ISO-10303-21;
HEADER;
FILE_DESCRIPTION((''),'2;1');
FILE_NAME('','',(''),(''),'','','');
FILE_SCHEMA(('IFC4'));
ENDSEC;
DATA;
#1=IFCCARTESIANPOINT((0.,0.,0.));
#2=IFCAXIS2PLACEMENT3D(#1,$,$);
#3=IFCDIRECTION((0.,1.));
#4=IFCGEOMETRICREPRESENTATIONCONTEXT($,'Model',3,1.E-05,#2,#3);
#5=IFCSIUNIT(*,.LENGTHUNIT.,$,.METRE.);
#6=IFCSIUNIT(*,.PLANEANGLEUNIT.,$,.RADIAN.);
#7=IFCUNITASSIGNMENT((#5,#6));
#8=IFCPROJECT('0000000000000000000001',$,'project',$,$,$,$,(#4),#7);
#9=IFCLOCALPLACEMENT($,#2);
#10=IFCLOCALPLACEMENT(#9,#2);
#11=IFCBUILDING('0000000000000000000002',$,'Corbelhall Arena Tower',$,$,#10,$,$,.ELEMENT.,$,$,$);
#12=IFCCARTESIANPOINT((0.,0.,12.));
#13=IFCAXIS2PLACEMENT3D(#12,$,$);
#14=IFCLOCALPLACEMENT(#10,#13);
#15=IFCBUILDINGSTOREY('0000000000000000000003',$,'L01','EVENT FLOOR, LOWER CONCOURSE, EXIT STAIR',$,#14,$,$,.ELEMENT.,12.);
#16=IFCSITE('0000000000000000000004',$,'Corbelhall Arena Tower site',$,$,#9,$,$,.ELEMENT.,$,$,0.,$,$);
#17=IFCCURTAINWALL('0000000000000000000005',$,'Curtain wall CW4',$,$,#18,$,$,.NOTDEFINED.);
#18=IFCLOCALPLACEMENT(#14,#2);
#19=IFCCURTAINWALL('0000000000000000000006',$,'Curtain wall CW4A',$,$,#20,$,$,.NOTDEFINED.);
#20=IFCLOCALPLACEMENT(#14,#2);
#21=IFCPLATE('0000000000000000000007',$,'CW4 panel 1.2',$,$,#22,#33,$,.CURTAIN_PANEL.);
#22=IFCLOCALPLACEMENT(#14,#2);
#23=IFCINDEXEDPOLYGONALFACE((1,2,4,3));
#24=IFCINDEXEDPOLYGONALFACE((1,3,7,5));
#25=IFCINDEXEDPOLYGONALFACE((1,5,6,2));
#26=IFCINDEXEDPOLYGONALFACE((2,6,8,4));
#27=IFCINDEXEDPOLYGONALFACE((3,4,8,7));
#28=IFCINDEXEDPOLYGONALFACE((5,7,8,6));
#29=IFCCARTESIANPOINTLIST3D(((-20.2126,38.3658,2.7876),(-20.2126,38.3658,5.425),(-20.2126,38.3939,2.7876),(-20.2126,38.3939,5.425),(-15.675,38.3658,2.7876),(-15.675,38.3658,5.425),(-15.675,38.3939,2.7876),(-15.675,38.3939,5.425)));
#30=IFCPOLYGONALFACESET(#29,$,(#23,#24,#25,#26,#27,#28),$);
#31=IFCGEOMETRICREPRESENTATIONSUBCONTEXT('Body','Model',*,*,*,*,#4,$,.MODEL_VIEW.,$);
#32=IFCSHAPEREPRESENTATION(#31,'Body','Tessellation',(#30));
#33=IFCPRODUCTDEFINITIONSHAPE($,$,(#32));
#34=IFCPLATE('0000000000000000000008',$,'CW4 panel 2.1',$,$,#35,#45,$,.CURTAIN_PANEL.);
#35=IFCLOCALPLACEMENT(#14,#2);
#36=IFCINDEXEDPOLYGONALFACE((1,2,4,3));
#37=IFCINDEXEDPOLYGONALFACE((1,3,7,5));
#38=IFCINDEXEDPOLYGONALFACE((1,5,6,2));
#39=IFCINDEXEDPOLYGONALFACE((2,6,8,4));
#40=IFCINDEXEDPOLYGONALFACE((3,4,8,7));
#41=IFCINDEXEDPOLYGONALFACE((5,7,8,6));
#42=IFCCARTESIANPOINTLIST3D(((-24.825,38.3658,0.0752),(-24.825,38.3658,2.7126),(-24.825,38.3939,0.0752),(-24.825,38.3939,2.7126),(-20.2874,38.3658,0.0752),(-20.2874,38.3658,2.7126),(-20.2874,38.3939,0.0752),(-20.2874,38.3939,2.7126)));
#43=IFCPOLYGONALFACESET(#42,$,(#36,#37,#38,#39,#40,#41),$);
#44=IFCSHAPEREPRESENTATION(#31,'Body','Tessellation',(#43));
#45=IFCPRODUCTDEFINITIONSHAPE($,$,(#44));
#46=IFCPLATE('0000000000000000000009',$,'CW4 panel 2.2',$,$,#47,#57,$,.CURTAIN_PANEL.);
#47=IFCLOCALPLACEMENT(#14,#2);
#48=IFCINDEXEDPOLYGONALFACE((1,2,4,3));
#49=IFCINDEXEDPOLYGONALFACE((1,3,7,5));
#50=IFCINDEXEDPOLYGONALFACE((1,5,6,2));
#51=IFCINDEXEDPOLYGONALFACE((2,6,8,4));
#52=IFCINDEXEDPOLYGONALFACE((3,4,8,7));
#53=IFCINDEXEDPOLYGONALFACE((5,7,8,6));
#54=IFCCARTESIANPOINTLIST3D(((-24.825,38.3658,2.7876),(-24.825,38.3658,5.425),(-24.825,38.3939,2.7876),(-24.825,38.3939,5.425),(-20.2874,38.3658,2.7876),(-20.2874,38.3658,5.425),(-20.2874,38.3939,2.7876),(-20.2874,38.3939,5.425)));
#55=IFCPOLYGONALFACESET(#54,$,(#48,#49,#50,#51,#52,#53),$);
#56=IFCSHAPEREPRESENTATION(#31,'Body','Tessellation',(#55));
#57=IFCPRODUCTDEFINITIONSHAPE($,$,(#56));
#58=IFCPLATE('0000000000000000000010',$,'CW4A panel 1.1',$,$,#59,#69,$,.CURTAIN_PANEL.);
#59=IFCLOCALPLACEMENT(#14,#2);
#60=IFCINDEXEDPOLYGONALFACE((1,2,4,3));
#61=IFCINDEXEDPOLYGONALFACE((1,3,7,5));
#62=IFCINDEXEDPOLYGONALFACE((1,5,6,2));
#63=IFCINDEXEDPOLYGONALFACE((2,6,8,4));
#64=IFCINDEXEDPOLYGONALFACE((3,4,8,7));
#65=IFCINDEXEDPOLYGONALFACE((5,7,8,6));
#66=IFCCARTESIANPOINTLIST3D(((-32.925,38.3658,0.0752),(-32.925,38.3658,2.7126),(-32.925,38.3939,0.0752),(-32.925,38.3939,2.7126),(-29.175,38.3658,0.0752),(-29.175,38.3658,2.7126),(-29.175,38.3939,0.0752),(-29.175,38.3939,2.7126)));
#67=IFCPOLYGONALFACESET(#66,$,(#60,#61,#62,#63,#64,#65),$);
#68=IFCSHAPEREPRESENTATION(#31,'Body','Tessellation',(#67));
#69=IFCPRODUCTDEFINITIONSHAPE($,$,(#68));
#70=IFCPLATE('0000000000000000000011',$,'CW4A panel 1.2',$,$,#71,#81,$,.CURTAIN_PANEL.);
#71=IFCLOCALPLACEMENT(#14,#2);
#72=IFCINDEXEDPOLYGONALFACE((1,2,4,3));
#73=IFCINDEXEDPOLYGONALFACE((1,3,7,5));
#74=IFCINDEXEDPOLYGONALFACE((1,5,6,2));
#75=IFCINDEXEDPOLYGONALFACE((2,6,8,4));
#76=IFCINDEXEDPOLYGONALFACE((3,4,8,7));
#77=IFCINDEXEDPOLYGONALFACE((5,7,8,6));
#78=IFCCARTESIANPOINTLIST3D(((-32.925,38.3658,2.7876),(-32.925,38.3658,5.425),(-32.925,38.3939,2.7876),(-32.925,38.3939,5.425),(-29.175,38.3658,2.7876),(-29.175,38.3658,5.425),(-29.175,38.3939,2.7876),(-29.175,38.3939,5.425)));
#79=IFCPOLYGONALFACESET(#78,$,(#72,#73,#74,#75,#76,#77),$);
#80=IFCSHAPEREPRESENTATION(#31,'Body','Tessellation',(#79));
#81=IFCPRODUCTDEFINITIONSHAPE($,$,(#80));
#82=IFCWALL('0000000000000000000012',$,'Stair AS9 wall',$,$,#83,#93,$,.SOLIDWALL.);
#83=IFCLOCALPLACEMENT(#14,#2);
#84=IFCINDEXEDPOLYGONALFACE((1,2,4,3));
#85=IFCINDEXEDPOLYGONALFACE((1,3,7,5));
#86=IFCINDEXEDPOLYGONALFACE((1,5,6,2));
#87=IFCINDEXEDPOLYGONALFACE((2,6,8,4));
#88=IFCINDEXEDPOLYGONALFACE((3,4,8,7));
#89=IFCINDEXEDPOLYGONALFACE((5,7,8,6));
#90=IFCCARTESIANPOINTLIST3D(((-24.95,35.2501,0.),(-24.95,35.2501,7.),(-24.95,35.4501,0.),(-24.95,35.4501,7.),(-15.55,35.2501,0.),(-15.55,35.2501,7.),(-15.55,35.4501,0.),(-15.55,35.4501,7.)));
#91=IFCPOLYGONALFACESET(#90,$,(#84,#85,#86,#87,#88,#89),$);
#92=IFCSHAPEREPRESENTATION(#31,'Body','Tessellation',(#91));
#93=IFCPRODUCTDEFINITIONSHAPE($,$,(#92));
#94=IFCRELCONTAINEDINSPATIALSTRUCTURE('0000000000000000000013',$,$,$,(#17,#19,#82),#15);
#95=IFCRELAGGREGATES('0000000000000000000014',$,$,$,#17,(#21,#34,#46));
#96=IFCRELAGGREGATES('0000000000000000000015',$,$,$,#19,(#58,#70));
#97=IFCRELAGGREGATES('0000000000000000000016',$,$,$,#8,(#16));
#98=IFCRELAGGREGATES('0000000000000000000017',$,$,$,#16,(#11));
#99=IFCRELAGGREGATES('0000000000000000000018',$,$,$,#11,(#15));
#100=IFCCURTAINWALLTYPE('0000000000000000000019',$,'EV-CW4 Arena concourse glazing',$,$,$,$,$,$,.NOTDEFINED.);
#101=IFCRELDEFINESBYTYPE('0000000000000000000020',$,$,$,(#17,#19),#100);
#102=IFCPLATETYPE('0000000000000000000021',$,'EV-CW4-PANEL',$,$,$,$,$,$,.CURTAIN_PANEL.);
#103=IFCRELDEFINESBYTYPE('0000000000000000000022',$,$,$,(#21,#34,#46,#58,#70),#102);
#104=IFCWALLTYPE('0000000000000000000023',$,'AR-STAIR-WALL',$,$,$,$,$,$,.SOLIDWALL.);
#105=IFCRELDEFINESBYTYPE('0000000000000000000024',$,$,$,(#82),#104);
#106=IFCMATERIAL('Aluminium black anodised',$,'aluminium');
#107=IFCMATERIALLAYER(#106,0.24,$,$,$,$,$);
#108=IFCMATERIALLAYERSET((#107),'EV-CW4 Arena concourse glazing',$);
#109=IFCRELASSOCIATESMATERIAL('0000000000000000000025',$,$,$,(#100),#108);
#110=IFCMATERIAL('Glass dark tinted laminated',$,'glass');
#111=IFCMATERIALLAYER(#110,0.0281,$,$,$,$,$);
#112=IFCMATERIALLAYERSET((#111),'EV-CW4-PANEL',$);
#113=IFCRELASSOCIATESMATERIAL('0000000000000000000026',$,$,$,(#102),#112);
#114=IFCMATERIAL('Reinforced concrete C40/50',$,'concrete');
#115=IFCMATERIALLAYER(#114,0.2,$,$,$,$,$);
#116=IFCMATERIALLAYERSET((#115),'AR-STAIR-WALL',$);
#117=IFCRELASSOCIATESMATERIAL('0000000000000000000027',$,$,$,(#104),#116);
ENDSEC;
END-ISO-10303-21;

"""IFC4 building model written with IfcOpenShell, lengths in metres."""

from ifc_helpers import new_model, si_unit, direction, frame, frame_2d, origin, origin_2d, place, context, subcontext, project, spatial, rectangle, extrude, material, layer, layer_set, type_object, element, aggregate, save


model = new_model("IFC4")

# Units and contexts
model_context = context("Model", 3, precision=1e-05, world=origin(), true_north=direction((0.0, 1.0)))
body_context = subcontext(model_context, "Body", "Model", "MODEL_VIEW")
ifc_project = project(units=[si_unit("LENGTHUNIT", "METRE"), si_unit("PLANEANGLEUNIT", "RADIAN")], contexts=[model_context])

# Site, building, storey
site_placement = place(None, origin())
site = spatial("IfcSite", under=ifc_project, at=site_placement, Name="Corbelhall Arena Tower site", CompositionType="ELEMENT", RefElevation=0.0)
building_placement = place(site_placement, origin())
building = spatial("IfcBuilding", under=site, at=building_placement, Name="Corbelhall Arena Tower", CompositionType="ELEMENT")
storey_placement = place(building_placement, frame((0.0, 0.0, 12.0)))
storey = spatial("IfcBuildingStorey", under=building, at=storey_placement, Name="L01", Description="EVENT FLOOR, LOWER CONCOURSE, EXIT STAIR", CompositionType="ELEMENT", Elevation=12.0)

# Curtain wall
ifc_material_1 = material(Name="Aluminium black anodised", Category="aluminium")
ifc_layer_1 = layer(ifc_material_1, 0.24)
ifc_layer_set_1 = layer_set([ifc_layer_1], Name="EV-CW4 Arena concourse glazing")
curtain_wall_type = type_object("IfcCurtainWallType", Name="EV-CW4 Arena concourse glazing", PredefinedType="NOTDEFINED", material=ifc_layer_set_1)
curtain_wall_1_placement = place(storey_placement, origin())
curtain_wall_1 = element("IfcCurtainWall", 1, at=curtain_wall_1_placement, inside=storey, type_object=curtain_wall_type, Name="Curtain wall CW4", PredefinedType="NOTDEFINED")

# Curtain wall
curtain_wall_2_placement = place(storey_placement, origin())
curtain_wall_2 = element("IfcCurtainWall", 2, at=curtain_wall_2_placement, inside=storey, type_object=curtain_wall_type, Name="Curtain wall CW4A", PredefinedType="NOTDEFINED")

# Plates
ifc_material_2 = material(Name="Glass dark tinted laminated", Category="glass")
ifc_layer_2 = layer(ifc_material_2, 0.0281)
ifc_layer_set_2 = layer_set([ifc_layer_2], Name="EV-CW4-PANEL")
plate_type = type_object("IfcPlateType", Name="EV-CW4-PANEL", PredefinedType="CURTAIN_PANEL", material=ifc_layer_set_2)
plate_1_placement = place(storey_placement, frame((-17.9438, 38.3799, 2.7876), z_axis=(0.0, 0.0, 1.0), x_axis=(-1.0, 0.0, 0.0)))
plate_1 = element("IfcPlate", 3, at=plate_1_placement, type_object=plate_type, Name="CW4 panel 1.2", PredefinedType="CURTAIN_PANEL", context=body_context, shape_type="SweptSolid", body=[
    extrude(rectangle(XDim=4.5376, YDim=0.0281, at=origin_2d()), origin(), (0.0, 0.0, 1.0), 2.6375),
])
plate_2_placement = place(storey_placement, frame((-22.5562, 38.3799, 0.0752), z_axis=(0.0, 0.0, 1.0), x_axis=(-1.0, 0.0, 0.0)))
plate_2 = element("IfcPlate", 4, at=plate_2_placement, type_object=plate_type, Name="CW4 panel 2.1", PredefinedType="CURTAIN_PANEL", context=body_context, shape_type="SweptSolid", body=[
    extrude(rectangle(XDim=4.5376, YDim=0.0281, at=origin_2d()), origin(), (0.0, 0.0, 1.0), 2.6375),
])
plate_3_placement = place(storey_placement, frame((-22.5562, 38.3799, 2.7876), z_axis=(0.0, 0.0, 1.0), x_axis=(-1.0, 0.0, 0.0)))
plate_3 = element("IfcPlate", 5, at=plate_3_placement, type_object=plate_type, Name="CW4 panel 2.2", PredefinedType="CURTAIN_PANEL", context=body_context, shape_type="SweptSolid", body=[
    extrude(rectangle(XDim=4.5376, YDim=0.0281, at=origin_2d()), origin(), (0.0, 0.0, 1.0), 2.6375),
])
aggregate(curtain_wall_1, [plate_1, plate_2, plate_3])
plate_4_placement = place(storey_placement, frame((-31.05, 38.3799, 0.0752), z_axis=(0.0, 0.0, 1.0), x_axis=(-1.0, 0.0, 0.0)))
plate_4 = element("IfcPlate", 6, at=plate_4_placement, type_object=plate_type, Name="CW4A panel 1.1", PredefinedType="CURTAIN_PANEL", context=body_context, shape_type="SweptSolid", body=[
    extrude(rectangle(XDim=3.75, YDim=0.0281, at=origin_2d()), origin(), (0.0, 0.0, 1.0), 2.6375),
])
plate_5_placement = place(storey_placement, frame((-31.05, 38.3799, 2.7876), z_axis=(0.0, 0.0, 1.0), x_axis=(-1.0, 0.0, 0.0)))
plate_5 = element("IfcPlate", 7, at=plate_5_placement, type_object=plate_type, Name="CW4A panel 1.2", PredefinedType="CURTAIN_PANEL", context=body_context, shape_type="SweptSolid", body=[
    extrude(rectangle(XDim=3.75, YDim=0.0281, at=origin_2d()), origin(), (0.0, 0.0, 1.0), 2.6375),
])
aggregate(curtain_wall_2, [plate_4, plate_5])

# Wall
ifc_material_3 = material(Name="Reinforced concrete C40/50", Category="concrete")
ifc_layer_3 = layer(ifc_material_3, 0.2)
ifc_layer_set_3 = layer_set([ifc_layer_3], Name="AR-STAIR-WALL")
wall_type = type_object("IfcWallType", Name="AR-STAIR-WALL", PredefinedType="SOLIDWALL", material=ifc_layer_set_3)
wall_placement = place(storey_placement, frame((-24.95, 35.3501, 0.0), z_axis=(0.0, 0.0, 1.0), x_axis=(1.0, 0.0, 0.0)))
element("IfcWall", 8, at=wall_placement, inside=storey, type_object=wall_type, Name="Stair AS9 wall", PredefinedType="SOLIDWALL", context=body_context, shape_type="SweptSolid", body=[
    extrude(rectangle(XDim=9.3999, YDim=0.2, at=frame_2d((4.7, 0.0))), origin(), (0.0, 0.0, 1.0), 7.0),
])

save(model, "model.ifc")
